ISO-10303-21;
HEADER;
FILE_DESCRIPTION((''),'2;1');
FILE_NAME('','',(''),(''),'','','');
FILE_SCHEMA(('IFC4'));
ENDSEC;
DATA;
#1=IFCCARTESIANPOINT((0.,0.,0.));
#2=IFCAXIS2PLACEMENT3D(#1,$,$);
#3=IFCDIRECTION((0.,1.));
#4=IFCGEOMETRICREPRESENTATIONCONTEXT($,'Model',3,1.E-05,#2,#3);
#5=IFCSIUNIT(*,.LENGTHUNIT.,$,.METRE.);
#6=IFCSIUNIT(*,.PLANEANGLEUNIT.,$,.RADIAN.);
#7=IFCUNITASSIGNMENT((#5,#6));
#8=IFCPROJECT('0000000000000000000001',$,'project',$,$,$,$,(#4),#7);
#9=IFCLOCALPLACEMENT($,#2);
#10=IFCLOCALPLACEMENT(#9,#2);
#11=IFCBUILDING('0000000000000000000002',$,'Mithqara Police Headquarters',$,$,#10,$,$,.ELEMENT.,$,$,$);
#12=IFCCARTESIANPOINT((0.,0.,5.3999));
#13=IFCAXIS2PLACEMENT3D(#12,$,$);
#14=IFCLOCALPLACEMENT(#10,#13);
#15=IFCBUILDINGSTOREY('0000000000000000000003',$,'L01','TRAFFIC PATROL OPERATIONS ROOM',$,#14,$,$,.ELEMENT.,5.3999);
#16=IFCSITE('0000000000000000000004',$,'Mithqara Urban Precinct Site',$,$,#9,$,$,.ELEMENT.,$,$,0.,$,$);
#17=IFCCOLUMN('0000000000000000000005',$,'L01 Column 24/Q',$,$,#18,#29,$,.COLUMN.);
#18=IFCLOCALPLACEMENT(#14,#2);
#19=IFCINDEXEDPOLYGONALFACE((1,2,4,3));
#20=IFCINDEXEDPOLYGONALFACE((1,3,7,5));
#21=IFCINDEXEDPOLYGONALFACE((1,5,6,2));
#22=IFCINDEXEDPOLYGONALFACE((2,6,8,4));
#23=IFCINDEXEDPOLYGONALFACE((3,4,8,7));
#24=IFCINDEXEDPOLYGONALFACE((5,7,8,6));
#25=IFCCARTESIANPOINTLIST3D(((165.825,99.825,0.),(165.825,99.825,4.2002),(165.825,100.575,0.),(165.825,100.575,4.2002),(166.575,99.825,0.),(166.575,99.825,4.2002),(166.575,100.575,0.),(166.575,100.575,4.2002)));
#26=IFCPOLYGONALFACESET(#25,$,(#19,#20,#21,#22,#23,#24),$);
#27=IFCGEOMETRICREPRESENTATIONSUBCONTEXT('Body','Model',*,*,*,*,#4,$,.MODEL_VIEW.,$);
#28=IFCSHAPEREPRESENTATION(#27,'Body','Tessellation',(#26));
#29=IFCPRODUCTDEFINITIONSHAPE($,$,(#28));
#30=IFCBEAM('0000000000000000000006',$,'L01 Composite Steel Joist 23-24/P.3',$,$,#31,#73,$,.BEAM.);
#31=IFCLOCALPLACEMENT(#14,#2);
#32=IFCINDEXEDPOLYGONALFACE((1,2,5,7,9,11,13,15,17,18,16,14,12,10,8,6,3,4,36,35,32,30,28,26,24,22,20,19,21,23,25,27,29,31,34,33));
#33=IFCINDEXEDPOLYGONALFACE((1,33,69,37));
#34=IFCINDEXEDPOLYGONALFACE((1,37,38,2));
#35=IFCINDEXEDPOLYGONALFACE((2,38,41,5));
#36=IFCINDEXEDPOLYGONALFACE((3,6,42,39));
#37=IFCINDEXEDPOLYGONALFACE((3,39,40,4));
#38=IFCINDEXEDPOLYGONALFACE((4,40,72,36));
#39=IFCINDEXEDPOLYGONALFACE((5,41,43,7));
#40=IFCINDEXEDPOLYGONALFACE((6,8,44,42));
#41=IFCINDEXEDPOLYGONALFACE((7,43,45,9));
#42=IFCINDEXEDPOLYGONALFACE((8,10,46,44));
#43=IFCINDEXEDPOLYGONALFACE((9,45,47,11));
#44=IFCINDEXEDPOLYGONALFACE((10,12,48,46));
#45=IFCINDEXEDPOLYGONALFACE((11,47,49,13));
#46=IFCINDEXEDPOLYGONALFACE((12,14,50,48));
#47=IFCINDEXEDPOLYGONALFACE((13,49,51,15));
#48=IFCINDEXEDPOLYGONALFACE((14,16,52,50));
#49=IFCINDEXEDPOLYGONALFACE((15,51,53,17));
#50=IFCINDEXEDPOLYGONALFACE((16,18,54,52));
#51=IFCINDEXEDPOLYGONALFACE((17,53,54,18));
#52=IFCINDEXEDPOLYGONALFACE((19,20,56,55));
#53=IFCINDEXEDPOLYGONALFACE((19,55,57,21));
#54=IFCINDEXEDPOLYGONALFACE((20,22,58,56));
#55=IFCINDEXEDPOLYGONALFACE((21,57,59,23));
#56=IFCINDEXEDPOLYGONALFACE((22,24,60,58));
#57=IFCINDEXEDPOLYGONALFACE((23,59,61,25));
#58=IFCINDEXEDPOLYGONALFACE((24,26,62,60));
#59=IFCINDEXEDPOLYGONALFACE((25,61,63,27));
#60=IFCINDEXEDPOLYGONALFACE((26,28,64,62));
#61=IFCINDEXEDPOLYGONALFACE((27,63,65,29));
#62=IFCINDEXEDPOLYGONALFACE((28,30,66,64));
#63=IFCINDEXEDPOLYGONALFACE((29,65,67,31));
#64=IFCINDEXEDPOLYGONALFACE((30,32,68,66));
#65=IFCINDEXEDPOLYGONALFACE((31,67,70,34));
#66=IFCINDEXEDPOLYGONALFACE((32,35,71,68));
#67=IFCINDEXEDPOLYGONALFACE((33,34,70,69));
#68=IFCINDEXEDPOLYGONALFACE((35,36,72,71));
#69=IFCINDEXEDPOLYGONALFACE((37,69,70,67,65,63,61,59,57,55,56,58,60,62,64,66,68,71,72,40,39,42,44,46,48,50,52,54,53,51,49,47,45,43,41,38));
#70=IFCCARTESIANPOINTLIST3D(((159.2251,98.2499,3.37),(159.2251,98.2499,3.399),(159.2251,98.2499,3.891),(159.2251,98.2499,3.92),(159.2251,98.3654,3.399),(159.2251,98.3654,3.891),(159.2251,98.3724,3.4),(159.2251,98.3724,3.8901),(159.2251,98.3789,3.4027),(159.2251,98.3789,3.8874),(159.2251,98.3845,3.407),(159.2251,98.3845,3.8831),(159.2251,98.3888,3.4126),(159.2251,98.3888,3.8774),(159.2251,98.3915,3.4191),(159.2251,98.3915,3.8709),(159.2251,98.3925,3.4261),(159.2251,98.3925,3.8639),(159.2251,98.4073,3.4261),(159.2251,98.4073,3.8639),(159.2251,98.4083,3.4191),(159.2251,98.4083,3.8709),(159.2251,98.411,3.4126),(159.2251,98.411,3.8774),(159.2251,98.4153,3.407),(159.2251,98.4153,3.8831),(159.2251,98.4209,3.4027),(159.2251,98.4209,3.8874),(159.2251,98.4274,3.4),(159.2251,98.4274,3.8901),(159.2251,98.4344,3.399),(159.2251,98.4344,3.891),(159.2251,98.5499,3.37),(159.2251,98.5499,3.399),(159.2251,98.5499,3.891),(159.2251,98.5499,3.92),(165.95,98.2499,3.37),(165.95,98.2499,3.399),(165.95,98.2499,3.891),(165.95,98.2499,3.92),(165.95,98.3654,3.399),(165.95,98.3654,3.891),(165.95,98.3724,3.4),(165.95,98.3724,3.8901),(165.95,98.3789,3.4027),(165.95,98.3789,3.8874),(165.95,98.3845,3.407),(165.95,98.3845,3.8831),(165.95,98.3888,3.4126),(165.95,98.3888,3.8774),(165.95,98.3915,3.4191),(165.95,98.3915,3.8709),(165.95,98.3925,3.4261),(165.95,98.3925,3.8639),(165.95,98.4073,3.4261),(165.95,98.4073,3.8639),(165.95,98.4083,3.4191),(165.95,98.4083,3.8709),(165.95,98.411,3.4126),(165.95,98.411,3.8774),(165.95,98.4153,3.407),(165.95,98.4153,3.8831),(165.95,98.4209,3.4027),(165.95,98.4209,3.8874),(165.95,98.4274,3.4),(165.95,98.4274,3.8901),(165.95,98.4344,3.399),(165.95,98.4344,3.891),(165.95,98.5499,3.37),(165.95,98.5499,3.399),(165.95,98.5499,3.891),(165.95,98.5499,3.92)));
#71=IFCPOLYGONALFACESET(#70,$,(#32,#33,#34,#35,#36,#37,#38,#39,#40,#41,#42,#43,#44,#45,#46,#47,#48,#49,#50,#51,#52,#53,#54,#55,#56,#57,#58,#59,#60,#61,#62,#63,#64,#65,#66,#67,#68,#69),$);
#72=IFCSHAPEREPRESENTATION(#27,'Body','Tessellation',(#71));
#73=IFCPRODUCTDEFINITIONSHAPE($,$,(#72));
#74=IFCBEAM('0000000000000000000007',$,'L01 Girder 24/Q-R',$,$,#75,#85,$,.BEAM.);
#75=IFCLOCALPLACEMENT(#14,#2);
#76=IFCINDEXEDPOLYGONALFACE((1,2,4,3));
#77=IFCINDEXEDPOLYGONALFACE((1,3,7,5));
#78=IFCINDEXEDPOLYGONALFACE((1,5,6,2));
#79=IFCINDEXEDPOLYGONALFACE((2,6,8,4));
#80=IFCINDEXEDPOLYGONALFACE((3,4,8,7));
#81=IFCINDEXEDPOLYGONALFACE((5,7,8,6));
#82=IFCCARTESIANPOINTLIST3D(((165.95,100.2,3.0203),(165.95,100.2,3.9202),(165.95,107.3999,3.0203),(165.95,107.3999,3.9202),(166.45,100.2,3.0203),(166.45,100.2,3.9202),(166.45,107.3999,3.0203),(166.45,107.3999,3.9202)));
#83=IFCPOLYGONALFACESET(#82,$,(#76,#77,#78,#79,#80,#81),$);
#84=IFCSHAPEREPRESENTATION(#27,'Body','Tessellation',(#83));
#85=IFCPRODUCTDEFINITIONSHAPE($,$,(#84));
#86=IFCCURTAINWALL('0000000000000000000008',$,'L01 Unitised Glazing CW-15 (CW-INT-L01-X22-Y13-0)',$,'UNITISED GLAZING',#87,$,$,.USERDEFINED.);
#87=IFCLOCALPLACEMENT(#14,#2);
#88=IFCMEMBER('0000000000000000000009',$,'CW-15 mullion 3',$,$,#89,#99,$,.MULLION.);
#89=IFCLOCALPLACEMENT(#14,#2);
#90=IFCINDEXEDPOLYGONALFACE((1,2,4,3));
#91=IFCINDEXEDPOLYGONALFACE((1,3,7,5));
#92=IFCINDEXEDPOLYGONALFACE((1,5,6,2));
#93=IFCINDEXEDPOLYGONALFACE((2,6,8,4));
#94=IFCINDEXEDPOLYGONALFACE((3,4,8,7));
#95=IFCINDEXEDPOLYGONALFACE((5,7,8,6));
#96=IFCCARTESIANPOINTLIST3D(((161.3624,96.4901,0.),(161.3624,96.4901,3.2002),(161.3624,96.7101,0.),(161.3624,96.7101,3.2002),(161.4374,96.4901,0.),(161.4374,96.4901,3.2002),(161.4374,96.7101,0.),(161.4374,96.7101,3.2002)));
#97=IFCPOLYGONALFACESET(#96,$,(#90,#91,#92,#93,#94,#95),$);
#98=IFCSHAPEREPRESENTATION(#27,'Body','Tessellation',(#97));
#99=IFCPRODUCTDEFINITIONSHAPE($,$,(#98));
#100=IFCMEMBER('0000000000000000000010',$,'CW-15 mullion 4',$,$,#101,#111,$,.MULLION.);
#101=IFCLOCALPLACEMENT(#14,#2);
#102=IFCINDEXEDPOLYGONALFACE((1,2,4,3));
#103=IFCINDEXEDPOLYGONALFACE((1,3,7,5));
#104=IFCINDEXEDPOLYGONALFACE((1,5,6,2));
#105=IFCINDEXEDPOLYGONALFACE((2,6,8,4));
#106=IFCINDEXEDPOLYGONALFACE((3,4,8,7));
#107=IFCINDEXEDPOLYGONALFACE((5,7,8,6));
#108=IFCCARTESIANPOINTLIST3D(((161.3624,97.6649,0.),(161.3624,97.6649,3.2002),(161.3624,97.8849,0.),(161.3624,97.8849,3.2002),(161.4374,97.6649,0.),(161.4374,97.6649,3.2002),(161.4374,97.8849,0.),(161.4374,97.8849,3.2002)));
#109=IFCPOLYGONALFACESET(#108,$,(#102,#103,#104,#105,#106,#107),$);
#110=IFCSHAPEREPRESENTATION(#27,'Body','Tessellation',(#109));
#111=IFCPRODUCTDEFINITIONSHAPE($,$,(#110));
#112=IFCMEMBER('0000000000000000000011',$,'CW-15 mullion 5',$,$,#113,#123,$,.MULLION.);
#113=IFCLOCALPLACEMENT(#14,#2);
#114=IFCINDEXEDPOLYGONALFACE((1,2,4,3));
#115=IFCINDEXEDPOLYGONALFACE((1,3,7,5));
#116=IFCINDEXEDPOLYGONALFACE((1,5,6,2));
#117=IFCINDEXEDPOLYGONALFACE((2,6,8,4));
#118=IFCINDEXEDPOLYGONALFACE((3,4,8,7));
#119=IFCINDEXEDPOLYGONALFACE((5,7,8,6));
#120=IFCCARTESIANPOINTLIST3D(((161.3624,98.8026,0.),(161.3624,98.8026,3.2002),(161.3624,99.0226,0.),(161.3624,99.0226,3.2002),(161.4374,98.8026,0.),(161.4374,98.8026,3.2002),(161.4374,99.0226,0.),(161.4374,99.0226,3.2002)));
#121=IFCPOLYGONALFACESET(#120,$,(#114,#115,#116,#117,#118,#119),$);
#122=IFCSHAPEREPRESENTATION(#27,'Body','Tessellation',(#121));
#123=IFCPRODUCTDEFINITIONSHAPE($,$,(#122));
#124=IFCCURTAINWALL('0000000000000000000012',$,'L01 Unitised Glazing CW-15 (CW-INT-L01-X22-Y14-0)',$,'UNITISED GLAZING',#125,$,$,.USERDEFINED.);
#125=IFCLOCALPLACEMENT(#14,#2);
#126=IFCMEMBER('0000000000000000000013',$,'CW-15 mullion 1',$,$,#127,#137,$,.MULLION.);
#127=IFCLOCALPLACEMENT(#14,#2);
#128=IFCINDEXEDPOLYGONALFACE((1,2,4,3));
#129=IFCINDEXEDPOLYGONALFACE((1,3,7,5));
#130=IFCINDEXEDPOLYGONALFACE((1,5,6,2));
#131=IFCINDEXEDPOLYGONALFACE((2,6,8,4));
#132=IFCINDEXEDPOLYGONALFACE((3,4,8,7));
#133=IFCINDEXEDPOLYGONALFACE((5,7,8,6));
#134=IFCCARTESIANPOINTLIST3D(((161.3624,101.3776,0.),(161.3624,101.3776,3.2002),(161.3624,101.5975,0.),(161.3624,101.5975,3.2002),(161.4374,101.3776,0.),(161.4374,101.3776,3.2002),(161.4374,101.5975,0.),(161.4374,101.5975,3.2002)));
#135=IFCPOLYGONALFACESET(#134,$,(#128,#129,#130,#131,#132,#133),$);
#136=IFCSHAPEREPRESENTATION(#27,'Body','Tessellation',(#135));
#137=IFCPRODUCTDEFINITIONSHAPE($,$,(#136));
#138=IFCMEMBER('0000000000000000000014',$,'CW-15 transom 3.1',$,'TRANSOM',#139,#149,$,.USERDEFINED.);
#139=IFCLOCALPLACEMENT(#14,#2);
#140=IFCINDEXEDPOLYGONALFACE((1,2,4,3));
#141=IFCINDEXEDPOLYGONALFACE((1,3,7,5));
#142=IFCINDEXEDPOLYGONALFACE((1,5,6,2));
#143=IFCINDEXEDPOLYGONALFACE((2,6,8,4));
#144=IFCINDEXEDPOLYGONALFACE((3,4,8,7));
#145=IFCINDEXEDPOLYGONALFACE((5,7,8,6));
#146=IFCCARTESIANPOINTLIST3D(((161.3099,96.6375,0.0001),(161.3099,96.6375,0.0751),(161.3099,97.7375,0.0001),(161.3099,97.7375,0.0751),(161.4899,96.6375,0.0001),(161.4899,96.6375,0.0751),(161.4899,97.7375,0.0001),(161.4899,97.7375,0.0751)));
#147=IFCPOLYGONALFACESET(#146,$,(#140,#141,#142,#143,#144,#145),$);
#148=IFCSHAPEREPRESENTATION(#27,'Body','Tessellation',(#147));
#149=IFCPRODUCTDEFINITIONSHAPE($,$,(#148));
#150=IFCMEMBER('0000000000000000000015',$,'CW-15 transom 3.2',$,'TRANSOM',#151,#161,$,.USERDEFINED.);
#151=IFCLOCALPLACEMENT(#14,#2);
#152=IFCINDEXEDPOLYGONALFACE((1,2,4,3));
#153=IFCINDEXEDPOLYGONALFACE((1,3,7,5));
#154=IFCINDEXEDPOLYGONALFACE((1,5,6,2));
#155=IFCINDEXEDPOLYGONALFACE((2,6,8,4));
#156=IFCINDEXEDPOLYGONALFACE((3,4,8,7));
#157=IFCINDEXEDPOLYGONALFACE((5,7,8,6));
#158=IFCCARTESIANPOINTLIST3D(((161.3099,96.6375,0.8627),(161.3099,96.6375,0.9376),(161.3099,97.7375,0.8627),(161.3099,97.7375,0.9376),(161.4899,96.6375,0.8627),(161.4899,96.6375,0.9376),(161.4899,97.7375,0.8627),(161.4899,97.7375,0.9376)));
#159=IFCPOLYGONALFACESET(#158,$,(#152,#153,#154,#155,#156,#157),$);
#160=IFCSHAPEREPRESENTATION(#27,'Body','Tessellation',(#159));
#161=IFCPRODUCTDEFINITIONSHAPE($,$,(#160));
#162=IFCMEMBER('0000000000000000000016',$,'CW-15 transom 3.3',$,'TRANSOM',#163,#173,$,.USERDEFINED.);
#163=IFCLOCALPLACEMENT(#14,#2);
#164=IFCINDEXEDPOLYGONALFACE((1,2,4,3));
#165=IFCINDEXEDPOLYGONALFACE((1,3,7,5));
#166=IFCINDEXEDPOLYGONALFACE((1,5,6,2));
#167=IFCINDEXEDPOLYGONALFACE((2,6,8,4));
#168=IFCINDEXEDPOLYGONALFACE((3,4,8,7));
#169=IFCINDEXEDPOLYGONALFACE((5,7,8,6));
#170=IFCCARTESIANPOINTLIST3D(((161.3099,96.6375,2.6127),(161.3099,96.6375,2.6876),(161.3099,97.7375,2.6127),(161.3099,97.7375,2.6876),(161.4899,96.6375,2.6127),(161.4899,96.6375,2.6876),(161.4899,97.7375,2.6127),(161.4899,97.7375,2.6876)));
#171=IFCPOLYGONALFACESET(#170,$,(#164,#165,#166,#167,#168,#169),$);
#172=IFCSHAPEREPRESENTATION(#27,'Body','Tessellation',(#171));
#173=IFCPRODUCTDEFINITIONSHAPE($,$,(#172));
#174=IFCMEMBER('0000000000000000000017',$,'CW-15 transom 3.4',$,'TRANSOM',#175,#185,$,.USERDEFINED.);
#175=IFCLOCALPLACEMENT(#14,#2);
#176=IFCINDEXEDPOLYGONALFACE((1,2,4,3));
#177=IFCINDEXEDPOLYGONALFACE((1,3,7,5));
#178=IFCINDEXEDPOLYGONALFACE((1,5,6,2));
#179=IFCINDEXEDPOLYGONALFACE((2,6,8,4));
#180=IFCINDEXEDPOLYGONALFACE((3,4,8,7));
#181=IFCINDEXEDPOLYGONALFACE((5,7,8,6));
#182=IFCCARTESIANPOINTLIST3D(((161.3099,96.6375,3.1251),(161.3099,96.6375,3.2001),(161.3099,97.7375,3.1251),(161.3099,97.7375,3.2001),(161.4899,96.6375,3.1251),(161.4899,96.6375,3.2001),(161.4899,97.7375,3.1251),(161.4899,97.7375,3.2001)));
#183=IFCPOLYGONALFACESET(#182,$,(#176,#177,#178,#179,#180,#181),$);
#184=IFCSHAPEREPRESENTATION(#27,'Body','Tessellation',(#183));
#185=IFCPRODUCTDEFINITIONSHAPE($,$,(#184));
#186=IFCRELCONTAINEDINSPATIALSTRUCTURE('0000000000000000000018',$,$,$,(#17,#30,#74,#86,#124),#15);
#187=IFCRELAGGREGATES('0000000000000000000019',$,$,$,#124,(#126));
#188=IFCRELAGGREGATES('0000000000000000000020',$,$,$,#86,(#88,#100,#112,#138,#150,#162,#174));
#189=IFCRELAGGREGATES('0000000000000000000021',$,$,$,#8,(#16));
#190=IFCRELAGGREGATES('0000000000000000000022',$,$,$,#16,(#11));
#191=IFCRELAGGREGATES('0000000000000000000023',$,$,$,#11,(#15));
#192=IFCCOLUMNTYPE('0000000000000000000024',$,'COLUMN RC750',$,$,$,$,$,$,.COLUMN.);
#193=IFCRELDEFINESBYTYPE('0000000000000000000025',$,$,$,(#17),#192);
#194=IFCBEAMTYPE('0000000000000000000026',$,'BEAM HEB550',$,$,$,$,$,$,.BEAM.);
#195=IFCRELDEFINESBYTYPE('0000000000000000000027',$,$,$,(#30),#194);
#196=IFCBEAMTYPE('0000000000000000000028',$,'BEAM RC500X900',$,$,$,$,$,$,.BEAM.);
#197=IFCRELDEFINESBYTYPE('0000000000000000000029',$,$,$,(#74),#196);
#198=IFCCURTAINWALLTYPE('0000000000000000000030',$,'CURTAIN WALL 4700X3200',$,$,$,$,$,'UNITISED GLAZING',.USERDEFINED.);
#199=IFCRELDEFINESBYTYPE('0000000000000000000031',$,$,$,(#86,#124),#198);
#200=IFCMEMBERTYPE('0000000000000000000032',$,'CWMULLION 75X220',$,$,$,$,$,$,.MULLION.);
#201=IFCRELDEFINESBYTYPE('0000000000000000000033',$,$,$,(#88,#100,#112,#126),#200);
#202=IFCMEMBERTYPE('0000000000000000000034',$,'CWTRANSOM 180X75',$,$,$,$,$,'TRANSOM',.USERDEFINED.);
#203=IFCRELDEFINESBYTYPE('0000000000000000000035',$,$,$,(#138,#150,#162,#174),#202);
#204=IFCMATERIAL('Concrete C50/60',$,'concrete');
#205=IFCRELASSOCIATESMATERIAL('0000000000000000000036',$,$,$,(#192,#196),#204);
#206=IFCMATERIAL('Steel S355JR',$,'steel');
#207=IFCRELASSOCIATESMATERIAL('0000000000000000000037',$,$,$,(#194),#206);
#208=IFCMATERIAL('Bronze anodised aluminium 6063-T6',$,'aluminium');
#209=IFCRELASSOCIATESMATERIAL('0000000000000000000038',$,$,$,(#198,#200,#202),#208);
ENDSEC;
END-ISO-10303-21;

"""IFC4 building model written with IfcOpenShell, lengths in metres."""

from ifc_helpers import new_model, si_unit, direction, frame, origin, origin_2d, place, context, subcontext, project, spatial, rectangle, i_section, extrude, material, material_profile, profile_set, type_object, element, aggregate, save


model = new_model("IFC4")

# Units and contexts
model_context = context("Model", 3, precision=1e-05, world=origin(), true_north=direction((0.0, 1.0)))
body_context = subcontext(model_context, "Body", "Model", "MODEL_VIEW")
ifc_project = project(units=[si_unit("LENGTHUNIT", "METRE"), si_unit("PLANEANGLEUNIT", "RADIAN")], contexts=[model_context])

# Site, building, storey
site_placement = place(None, origin())
site = spatial("IfcSite", under=ifc_project, at=site_placement, Name="Mithqara Urban Precinct Site", CompositionType="ELEMENT", RefElevation=0.0)
building_placement = place(site_placement, origin())
building = spatial("IfcBuilding", under=site, at=building_placement, Name="Mithqara Police Headquarters", CompositionType="ELEMENT")
storey_placement = place(building_placement, frame((0.0, 0.0, 5.3999)))
storey = spatial("IfcBuildingStorey", under=building, at=storey_placement, Name="L01", Description="TRAFFIC PATROL OPERATIONS ROOM", CompositionType="ELEMENT", Elevation=5.3999)

# Column
ifc_material_1 = material(Name="Concrete C50/60", Category="concrete")
ifc_material_profile_1 = material_profile(ifc_material_1, rectangle(XDim=0.75, YDim=0.75, at=origin_2d()), Name="RC 750x750")
ifc_profile_set_1 = profile_set([ifc_material_profile_1], Name="Concrete C50/60")
column_type = type_object("IfcColumnType", Name="COLUMN RC750", PredefinedType="COLUMN", material=ifc_profile_set_1)
column_placement = place(storey_placement, frame((166.2, 100.2, 0.0), z_axis=(0.0, 0.0, 1.0), x_axis=(1.0, 0.0, 0.0)))
element("IfcColumn", 1, at=column_placement, inside=storey, type_object=column_type, Name="L01 Column 24/Q", PredefinedType="COLUMN", context=body_context, shape_type="SweptSolid", body=[
    extrude(rectangle(XDim=0.75, YDim=0.75, at=origin_2d()), origin(), (0.0, 0.0, 1.0), 4.2002),
])

# Beams
ifc_material_2 = material(Name="Steel S355JR", Category="steel")
ifc_material_profile_2 = material_profile(ifc_material_2, i_section(OverallWidth=0.3, OverallDepth=0.55, WebThickness=0.0149, FlangeThickness=0.0291, FilletRadius=0.0271, at=origin_2d()), Name="HEB 550")
ifc_profile_set_2 = profile_set([ifc_material_profile_2], Name="Steel S355JR")
beam_type_1 = type_object("IfcBeamType", Name="BEAM HEB550", PredefinedType="BEAM", material=ifc_profile_set_2)
beam_1_placement = place(storey_placement, frame((159.2251, 98.3999, 3.645), z_axis=(1.0, 0.0, 0.0), x_axis=(0.0, 1.0, 0.0)))
element("IfcBeam", 2, at=beam_1_placement, inside=storey, type_object=beam_type_1, Name="L01 Composite Steel Joist 23-24/P.3", PredefinedType="BEAM", context=body_context, shape_type="SweptSolid", body=[
    extrude(i_section(OverallWidth=0.3, OverallDepth=0.55, WebThickness=0.0149, FlangeThickness=0.0291, FilletRadius=0.0271, at=origin_2d()), origin(), (0.0, 0.0, 1.0), 6.7249),
])
ifc_material_profile_3 = material_profile(ifc_material_1, rectangle(XDim=0.5, YDim=0.8999, at=origin_2d()), Name="RC 500x900")
ifc_profile_set_3 = profile_set([ifc_material_profile_3], Name="Concrete C50/60")
beam_type_2 = type_object("IfcBeamType", Name="BEAM RC500X900", PredefinedType="BEAM", material=ifc_profile_set_3)
beam_2_placement = place(storey_placement, frame((166.2, 100.2, 3.4702), z_axis=(0.0, 1.0, 0.0), x_axis=(-1.0, 0.0, 0.0)))
element("IfcBeam", 3, at=beam_2_placement, inside=storey, type_object=beam_type_2, Name="L01 Girder 24/Q-R", PredefinedType="BEAM", context=body_context, shape_type="SweptSolid", body=[
    extrude(rectangle(XDim=0.5, YDim=0.8999, at=origin_2d()), origin(), (0.0, 0.0, 1.0), 7.2),
])

# Curtain wall, members
ifc_material_3 = material(Name="Bronze anodised aluminium 6063-T6", Category="aluminium")
curtain_wall_type = type_object("IfcCurtainWallType", Name="CURTAIN WALL 4700X3200", ElementType="UNITISED GLAZING", PredefinedType="USERDEFINED", material=ifc_material_3)
curtain_wall_1_placement = place(storey_placement, origin())
curtain_wall_1 = element("IfcCurtainWall", 4, at=curtain_wall_1_placement, inside=storey, type_object=curtain_wall_type, Name="L01 Unitised Glazing CW-15 (CW-INT-L01-X22-Y13-0)", ObjectType="UNITISED GLAZING", PredefinedType="USERDEFINED")
ifc_material_profile_4 = material_profile(ifc_material_3, rectangle(XDim=0.075, YDim=0.22, at=origin_2d()), Name="CWM 75x220")
ifc_profile_set_4 = profile_set([ifc_material_profile_4], Name="Bronze anodised aluminium 6063-T6")
member_type_1 = type_object("IfcMemberType", Name="CWMULLION 75X220", PredefinedType="MULLION", material=ifc_profile_set_4)
member_1_placement = place(storey_placement, frame((161.3999, 96.6001, 0.0), z_axis=(0.0, 0.0, 1.0), x_axis=(-1.0, 0.0, 0.0)))
member_1 = element("IfcMember", 5, at=member_1_placement, type_object=member_type_1, Name="CW-15 mullion 3", PredefinedType="MULLION", context=body_context, shape_type="SweptSolid", body=[
    extrude(rectangle(XDim=0.075, YDim=0.22, at=origin_2d()), origin(), (0.0, 0.0, 1.0), 3.2002),
])
member_2_placement = place(storey_placement, frame((161.3999, 97.7749, 0.0), z_axis=(0.0, 0.0, 1.0), x_axis=(-1.0, 0.0, 0.0)))
member_2 = element("IfcMember", 6, at=member_2_placement, type_object=member_type_1, Name="CW-15 mullion 4", PredefinedType="MULLION", context=body_context, shape_type="SweptSolid", body=[
    extrude(rectangle(XDim=0.075, YDim=0.22, at=origin_2d()), origin(), (0.0, 0.0, 1.0), 3.2002),
])
member_3_placement = place(storey_placement, frame((161.3999, 98.9126, 0.0), z_axis=(0.0, 0.0, 1.0), x_axis=(-1.0, 0.0, 0.0)))
member_3 = element("IfcMember", 7, at=member_3_placement, type_object=member_type_1, Name="CW-15 mullion 5", PredefinedType="MULLION", context=body_context, shape_type="SweptSolid", body=[
    extrude(rectangle(XDim=0.075, YDim=0.22, at=origin_2d()), origin(), (0.0, 0.0, 1.0), 3.2002),
])

# Curtain wall, member
curtain_wall_2_placement = place(storey_placement, origin())
curtain_wall_2 = element("IfcCurtainWall", 8, at=curtain_wall_2_placement, inside=storey, type_object=curtain_wall_type, Name="L01 Unitised Glazing CW-15 (CW-INT-L01-X22-Y14-0)", ObjectType="UNITISED GLAZING", PredefinedType="USERDEFINED")
member_4_placement = place(storey_placement, frame((161.3999, 101.4875, 0.0), z_axis=(0.0, 0.0, 1.0), x_axis=(-1.0, 0.0, 0.0)))
member_4 = element("IfcMember", 9, at=member_4_placement, type_object=member_type_1, Name="CW-15 mullion 1", PredefinedType="MULLION", context=body_context, shape_type="SweptSolid", body=[
    extrude(rectangle(XDim=0.075, YDim=0.22, at=origin_2d()), origin(), (0.0, 0.0, 1.0), 3.2002),
])
aggregate(curtain_wall_2, [member_4])

# Members
ifc_material_profile_5 = material_profile(ifc_material_3, rectangle(XDim=0.1799, YDim=0.075, at=origin_2d()), Name="CWT 180x75")
ifc_profile_set_5 = profile_set([ifc_material_profile_5], Name="Bronze anodised aluminium 6063-T6")
member_type_2 = type_object("IfcMemberType", Name="CWTRANSOM 180X75", ElementType="TRANSOM", PredefinedType="USERDEFINED", material=ifc_profile_set_5)
member_5_placement = place(storey_placement, frame((161.3999, 96.6375, 0.0376), z_axis=(0.0, 1.0, 0.0), x_axis=(-1.0, 0.0, 0.0)))
member_5 = element("IfcMember", 10, at=member_5_placement, type_object=member_type_2, Name="CW-15 transom 3.1", ObjectType="TRANSOM", PredefinedType="USERDEFINED", context=body_context, shape_type="SweptSolid", body=[
    extrude(rectangle(XDim=0.1799, YDim=0.075, at=origin_2d()), origin(), (0.0, 0.0, 1.0), 1.1001),
])
member_6_placement = place(storey_placement, frame((161.3999, 96.6375, 0.9001), z_axis=(0.0, 1.0, 0.0), x_axis=(-1.0, 0.0, 0.0)))
member_6 = element("IfcMember", 11, at=member_6_placement, type_object=member_type_2, Name="CW-15 transom 3.2", ObjectType="TRANSOM", PredefinedType="USERDEFINED", context=body_context, shape_type="SweptSolid", body=[
    extrude(rectangle(XDim=0.1799, YDim=0.075, at=origin_2d()), origin(), (0.0, 0.0, 1.0), 1.1001),
])
member_7_placement = place(storey_placement, frame((161.3999, 96.6375, 2.6501), z_axis=(0.0, 1.0, 0.0), x_axis=(-1.0, 0.0, 0.0)))
member_7 = element("IfcMember", 12, at=member_7_placement, type_object=member_type_2, Name="CW-15 transom 3.3", ObjectType="TRANSOM", PredefinedType="USERDEFINED", context=body_context, shape_type="SweptSolid", body=[
    extrude(rectangle(XDim=0.1799, YDim=0.075, at=origin_2d()), origin(), (0.0, 0.0, 1.0), 1.1001),
])
member_8_placement = place(storey_placement, frame((161.3999, 96.6375, 3.1626), z_axis=(0.0, 1.0, 0.0), x_axis=(-1.0, 0.0, 0.0)))
member_8 = element("IfcMember", 13, at=member_8_placement, type_object=member_type_2, Name="CW-15 transom 3.4", ObjectType="TRANSOM", PredefinedType="USERDEFINED", context=body_context, shape_type="SweptSolid", body=[
    extrude(rectangle(XDim=0.1799, YDim=0.075, at=origin_2d()), origin(), (0.0, 0.0, 1.0), 1.1001),
])

aggregate(curtain_wall_1, [member_1, member_2, member_3, member_5, member_6, member_7, member_8])

save(model, "model.ifc")
